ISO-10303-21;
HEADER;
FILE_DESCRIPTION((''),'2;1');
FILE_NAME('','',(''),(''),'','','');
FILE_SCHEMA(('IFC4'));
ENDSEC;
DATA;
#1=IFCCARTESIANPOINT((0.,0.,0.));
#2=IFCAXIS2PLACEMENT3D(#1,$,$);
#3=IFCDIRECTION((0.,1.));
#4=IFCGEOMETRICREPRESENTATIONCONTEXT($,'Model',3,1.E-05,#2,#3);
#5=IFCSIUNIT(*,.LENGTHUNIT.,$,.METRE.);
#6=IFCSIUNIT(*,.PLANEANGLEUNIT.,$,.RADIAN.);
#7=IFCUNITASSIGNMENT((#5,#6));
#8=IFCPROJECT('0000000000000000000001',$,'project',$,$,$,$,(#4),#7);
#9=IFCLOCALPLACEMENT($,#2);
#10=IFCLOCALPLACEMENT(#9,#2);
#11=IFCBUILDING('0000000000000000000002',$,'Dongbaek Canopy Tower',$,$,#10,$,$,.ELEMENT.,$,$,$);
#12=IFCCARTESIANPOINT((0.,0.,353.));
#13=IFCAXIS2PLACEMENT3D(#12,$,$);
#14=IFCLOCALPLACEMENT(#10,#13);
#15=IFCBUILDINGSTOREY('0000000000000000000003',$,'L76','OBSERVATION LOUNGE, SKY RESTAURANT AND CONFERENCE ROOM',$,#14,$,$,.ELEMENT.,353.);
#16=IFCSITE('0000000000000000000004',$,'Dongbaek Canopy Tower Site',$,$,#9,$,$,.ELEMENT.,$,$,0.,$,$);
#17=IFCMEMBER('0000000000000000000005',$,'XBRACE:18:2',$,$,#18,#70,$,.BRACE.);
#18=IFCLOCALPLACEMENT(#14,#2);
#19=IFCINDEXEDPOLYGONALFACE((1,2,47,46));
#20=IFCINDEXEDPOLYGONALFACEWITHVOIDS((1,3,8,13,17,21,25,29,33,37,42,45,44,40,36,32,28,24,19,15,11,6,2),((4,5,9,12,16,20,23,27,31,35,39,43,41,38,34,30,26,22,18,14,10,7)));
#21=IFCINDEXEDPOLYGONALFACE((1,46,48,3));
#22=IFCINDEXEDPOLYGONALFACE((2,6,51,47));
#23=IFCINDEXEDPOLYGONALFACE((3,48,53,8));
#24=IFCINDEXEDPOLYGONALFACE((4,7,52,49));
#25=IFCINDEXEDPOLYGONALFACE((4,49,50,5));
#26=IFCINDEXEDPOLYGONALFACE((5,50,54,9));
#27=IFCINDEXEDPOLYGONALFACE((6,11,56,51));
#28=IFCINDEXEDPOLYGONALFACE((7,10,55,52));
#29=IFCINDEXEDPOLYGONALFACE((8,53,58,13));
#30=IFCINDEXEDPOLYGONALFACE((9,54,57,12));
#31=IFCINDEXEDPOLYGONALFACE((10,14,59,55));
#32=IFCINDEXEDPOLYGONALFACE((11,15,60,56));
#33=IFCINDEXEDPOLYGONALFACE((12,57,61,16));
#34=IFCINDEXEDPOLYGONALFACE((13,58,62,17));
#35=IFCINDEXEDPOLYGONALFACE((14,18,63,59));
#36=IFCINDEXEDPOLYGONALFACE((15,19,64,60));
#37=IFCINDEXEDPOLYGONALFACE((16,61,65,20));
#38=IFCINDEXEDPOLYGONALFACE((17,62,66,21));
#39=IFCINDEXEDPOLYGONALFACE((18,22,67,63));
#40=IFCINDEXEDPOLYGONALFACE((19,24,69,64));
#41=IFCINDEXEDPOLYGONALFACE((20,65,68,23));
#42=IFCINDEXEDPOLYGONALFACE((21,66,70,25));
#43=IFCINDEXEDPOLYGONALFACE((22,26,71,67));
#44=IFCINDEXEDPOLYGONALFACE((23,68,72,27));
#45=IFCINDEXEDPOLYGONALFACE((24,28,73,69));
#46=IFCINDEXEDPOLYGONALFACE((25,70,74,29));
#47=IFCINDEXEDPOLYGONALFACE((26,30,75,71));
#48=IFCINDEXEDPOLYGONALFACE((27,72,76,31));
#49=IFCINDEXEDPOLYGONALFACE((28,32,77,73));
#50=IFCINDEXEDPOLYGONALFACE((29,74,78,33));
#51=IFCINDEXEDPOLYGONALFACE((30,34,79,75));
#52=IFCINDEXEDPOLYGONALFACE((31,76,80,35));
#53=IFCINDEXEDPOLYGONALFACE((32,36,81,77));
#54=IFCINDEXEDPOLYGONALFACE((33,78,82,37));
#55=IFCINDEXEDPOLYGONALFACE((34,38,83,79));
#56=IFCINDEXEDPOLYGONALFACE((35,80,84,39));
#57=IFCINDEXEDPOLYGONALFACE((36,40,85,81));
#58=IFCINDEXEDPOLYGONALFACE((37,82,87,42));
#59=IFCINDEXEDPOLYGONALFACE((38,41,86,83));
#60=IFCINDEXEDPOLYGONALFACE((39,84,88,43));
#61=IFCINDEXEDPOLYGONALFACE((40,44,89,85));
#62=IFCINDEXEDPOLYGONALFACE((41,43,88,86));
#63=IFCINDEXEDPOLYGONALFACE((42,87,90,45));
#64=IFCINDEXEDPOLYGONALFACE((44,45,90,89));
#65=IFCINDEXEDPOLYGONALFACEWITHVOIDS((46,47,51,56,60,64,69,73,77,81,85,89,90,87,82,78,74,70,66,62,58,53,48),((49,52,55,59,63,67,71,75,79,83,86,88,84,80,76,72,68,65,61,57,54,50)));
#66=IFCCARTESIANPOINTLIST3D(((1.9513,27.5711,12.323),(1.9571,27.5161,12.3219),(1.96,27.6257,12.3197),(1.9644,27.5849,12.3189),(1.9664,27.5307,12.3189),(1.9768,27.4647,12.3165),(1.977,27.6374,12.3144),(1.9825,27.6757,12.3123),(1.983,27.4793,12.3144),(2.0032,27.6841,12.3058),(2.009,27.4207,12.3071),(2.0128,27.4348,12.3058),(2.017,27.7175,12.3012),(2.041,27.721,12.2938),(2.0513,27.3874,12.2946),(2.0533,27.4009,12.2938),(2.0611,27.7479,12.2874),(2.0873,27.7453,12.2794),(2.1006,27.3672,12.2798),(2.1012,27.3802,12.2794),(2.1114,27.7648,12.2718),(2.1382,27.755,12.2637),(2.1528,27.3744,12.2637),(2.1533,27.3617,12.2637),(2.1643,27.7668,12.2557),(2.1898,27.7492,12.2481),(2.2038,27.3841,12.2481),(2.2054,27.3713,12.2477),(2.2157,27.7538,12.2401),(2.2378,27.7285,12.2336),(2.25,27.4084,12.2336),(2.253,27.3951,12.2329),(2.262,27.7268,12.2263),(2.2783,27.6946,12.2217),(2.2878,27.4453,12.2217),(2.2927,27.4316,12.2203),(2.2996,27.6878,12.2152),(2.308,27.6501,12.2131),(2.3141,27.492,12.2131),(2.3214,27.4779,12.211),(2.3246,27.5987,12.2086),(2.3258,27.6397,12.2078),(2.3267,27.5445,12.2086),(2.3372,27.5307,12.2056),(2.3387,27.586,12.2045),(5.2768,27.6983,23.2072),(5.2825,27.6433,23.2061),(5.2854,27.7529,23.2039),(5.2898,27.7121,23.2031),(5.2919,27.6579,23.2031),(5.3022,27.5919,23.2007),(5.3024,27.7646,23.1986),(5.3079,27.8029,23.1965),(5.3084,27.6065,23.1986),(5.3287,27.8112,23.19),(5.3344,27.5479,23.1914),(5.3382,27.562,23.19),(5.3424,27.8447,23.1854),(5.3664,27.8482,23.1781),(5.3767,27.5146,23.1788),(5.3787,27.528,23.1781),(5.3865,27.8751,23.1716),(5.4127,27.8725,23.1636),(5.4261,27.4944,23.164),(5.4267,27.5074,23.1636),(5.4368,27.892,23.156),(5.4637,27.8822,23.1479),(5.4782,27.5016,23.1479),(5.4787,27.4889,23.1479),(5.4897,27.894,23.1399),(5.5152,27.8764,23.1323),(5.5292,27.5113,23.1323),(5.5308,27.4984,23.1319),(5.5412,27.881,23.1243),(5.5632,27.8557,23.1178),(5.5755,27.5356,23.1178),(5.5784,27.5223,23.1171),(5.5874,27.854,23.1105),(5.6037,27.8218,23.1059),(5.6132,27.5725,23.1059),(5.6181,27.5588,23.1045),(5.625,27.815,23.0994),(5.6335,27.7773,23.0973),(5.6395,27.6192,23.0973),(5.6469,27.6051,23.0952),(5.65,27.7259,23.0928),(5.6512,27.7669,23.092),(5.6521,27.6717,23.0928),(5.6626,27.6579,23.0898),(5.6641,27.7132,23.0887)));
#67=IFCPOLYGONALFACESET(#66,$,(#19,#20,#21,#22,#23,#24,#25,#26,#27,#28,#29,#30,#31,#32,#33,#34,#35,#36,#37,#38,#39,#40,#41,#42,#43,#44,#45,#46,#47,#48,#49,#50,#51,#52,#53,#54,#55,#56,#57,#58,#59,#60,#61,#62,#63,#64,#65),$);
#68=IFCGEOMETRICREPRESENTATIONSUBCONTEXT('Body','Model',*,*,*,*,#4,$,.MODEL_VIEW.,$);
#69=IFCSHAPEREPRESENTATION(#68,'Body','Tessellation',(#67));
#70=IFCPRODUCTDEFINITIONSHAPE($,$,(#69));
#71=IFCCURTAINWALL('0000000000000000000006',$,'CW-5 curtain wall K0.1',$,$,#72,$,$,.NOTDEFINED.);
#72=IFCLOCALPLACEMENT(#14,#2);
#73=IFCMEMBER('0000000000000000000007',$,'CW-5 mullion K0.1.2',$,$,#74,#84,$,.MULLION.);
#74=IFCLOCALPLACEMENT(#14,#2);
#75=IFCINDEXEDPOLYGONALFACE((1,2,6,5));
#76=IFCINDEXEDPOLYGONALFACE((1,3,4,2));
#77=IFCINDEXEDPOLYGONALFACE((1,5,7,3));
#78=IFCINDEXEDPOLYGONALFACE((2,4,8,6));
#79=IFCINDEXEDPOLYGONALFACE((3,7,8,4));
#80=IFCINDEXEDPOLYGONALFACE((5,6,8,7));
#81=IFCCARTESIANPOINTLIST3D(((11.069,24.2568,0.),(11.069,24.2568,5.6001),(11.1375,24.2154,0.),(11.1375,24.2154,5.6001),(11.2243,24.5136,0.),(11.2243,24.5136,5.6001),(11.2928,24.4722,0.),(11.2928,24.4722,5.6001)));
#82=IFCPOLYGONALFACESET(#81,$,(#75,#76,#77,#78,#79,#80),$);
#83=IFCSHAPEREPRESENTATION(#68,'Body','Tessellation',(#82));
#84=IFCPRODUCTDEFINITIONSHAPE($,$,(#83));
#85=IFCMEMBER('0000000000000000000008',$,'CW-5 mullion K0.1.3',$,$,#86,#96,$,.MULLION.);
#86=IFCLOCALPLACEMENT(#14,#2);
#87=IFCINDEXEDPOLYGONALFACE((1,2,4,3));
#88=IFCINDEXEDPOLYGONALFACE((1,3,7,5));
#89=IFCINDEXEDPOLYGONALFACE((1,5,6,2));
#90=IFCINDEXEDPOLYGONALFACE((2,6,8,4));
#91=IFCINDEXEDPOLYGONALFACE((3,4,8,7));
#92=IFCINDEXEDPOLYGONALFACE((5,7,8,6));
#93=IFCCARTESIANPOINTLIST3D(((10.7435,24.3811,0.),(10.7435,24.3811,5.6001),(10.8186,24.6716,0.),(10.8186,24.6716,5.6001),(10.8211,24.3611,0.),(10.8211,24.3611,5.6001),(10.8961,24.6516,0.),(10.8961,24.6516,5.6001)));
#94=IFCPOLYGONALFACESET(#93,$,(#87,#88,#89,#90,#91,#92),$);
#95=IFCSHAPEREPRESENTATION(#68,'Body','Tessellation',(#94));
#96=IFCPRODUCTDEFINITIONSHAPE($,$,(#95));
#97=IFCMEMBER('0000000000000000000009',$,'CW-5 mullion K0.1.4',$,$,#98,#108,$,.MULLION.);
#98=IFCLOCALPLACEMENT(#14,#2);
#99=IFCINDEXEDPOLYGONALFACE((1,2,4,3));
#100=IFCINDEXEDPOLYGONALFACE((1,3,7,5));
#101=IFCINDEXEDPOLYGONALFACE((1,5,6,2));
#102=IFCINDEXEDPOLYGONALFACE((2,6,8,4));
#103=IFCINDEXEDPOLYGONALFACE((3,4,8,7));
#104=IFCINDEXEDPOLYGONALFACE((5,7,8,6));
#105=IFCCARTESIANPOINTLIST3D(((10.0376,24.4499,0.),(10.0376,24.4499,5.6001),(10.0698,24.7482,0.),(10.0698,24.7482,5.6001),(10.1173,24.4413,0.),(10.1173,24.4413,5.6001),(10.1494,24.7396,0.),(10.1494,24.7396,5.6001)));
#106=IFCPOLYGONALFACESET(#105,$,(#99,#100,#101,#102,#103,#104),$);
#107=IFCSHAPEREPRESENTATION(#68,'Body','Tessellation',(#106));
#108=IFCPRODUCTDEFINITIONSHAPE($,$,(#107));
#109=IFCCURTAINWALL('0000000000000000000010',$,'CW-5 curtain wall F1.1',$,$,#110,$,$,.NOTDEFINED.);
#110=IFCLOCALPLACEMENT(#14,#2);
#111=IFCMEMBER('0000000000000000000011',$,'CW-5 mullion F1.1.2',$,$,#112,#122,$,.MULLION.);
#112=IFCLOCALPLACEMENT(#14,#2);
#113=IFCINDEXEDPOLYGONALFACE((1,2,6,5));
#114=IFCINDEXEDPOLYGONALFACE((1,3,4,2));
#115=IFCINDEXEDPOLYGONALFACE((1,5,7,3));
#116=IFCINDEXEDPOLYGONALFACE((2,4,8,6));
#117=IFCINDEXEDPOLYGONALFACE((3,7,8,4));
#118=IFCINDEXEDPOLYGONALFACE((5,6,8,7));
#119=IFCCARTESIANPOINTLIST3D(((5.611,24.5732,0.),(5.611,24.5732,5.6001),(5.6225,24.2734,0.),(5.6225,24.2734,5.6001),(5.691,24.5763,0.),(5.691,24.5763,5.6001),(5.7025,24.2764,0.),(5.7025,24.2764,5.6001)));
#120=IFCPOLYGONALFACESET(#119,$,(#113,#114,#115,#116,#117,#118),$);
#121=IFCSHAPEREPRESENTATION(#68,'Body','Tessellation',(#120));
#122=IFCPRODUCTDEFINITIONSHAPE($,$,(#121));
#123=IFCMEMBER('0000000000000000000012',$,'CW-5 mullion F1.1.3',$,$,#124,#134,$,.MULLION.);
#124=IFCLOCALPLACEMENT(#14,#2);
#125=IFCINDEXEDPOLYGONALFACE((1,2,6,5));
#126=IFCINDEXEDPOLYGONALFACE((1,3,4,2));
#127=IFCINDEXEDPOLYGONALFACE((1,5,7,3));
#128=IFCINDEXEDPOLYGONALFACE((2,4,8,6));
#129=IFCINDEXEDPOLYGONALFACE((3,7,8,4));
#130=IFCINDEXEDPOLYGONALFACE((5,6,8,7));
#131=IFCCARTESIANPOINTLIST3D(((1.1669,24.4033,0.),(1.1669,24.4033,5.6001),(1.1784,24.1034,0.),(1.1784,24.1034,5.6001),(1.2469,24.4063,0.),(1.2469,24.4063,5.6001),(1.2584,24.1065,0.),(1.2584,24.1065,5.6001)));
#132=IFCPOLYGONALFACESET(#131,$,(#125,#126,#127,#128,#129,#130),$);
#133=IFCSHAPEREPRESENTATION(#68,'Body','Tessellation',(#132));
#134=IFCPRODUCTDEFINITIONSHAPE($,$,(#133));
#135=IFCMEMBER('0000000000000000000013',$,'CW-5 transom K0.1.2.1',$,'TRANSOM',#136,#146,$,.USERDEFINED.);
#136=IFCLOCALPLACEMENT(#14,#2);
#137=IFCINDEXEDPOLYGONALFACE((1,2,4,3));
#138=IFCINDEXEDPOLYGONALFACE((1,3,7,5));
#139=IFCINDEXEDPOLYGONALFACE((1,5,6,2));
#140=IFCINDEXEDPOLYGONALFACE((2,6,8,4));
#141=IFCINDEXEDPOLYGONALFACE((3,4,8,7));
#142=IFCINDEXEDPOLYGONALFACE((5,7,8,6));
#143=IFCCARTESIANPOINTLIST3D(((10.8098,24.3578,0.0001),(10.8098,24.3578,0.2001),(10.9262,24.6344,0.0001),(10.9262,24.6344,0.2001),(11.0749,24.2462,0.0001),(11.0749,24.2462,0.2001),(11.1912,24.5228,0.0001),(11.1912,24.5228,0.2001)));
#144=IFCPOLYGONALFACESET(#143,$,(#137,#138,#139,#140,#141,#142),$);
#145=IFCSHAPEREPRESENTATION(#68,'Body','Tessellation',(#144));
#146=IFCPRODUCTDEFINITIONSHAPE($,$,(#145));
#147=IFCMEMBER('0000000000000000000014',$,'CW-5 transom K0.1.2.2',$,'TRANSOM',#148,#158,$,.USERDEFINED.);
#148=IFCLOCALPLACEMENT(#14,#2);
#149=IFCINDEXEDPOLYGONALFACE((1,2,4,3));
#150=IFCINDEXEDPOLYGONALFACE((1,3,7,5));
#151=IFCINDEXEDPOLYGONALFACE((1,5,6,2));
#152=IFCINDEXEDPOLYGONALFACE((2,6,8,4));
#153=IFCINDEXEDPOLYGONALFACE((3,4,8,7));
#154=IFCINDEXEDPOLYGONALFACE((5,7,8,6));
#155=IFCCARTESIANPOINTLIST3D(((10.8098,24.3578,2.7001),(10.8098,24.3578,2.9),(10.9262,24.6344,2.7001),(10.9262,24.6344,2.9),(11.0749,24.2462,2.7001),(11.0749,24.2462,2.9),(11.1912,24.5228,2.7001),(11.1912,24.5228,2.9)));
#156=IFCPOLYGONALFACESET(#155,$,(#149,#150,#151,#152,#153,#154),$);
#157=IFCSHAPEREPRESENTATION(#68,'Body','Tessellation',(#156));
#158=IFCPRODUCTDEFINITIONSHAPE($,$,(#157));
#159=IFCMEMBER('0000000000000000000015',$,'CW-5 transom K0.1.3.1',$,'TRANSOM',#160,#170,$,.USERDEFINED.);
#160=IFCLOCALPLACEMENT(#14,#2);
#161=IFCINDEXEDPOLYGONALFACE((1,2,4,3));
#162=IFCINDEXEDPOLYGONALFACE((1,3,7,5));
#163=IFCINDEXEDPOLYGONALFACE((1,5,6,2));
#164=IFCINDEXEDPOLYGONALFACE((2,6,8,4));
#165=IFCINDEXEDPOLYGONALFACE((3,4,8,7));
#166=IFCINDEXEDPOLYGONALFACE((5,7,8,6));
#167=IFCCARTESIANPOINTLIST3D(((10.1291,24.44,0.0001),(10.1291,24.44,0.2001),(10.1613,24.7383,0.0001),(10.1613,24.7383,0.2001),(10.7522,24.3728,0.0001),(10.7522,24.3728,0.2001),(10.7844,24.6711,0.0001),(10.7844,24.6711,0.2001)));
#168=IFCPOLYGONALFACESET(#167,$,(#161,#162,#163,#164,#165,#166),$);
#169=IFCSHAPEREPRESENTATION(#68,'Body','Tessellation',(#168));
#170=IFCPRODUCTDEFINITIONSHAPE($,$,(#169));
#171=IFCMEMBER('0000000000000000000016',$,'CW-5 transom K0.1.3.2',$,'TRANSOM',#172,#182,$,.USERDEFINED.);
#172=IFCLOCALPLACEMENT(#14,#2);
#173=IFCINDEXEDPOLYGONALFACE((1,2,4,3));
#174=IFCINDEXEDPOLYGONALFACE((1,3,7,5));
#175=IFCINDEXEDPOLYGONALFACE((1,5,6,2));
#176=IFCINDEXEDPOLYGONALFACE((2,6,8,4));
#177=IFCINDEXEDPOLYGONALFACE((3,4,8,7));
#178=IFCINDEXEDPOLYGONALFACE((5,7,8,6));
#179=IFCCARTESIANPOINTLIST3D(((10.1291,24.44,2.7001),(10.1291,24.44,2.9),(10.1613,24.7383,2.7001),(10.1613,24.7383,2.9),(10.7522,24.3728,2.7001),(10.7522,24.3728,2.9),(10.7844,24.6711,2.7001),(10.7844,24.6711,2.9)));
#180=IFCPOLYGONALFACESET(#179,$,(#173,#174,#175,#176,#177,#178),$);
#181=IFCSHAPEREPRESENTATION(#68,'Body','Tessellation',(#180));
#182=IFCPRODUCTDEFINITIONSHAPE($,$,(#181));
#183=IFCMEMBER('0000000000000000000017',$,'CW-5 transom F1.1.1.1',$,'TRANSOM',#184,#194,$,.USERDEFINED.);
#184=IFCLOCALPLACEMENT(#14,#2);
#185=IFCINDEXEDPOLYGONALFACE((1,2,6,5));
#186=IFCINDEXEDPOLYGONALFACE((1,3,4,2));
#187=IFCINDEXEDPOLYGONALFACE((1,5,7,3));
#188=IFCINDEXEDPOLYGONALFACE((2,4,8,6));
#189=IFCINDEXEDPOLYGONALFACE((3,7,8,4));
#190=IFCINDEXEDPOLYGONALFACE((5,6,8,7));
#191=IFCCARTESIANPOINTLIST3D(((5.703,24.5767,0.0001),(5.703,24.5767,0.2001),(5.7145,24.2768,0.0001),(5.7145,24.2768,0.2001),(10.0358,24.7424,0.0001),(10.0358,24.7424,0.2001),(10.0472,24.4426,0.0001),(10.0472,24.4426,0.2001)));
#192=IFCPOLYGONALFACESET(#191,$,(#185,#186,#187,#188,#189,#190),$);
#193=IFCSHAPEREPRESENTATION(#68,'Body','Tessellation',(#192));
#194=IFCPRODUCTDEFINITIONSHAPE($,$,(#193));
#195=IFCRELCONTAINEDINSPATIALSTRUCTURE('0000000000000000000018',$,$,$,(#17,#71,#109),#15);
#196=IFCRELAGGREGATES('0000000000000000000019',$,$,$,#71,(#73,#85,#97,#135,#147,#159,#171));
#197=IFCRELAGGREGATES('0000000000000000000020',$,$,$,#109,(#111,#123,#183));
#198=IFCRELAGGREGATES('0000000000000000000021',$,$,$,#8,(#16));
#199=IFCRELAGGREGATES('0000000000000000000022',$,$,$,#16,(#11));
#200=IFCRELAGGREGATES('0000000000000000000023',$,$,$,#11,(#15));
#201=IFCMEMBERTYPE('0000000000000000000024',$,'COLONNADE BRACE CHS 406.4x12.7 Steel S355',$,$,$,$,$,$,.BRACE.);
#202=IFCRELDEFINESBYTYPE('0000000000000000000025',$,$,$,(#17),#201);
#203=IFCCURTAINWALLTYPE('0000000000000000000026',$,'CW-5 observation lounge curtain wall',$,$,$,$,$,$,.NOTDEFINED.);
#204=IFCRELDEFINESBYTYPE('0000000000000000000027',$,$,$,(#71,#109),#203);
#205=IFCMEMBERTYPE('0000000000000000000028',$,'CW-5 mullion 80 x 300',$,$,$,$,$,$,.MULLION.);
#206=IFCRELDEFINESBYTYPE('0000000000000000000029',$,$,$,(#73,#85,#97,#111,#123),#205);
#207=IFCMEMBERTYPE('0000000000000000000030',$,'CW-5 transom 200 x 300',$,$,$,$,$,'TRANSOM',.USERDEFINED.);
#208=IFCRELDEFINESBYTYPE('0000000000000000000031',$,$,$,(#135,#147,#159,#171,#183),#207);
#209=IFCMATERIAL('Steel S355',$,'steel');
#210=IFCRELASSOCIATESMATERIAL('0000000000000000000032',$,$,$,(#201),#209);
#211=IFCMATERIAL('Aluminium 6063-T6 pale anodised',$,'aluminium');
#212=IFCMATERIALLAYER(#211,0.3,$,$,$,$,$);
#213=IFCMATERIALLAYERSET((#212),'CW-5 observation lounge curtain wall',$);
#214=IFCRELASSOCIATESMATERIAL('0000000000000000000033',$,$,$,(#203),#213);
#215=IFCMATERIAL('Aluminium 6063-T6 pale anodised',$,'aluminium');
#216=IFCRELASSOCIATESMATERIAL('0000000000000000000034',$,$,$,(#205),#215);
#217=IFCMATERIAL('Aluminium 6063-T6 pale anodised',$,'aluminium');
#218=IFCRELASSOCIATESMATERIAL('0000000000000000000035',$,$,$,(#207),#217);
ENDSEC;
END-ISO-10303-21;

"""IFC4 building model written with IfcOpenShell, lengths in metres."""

from ifc_helpers import new_model, si_unit, direction, frame, origin, origin_2d, place, context, subcontext, project, spatial, rectangle, hollow_circle, extrude, material, layer, layer_set, material_profile, profile_set, type_object, element, aggregate, save


model = new_model("IFC4")

# Units and contexts
model_context = context("Model", 3, precision=1e-05, world=origin(), true_north=direction((0.0, 1.0)))
body_context = subcontext(model_context, "Body", "Model", "MODEL_VIEW")
ifc_project = project(units=[si_unit("LENGTHUNIT", "METRE"), si_unit("PLANEANGLEUNIT", "RADIAN")], contexts=[model_context])

# Site, building, storey
site_placement = place(None, origin())
site = spatial("IfcSite", under=ifc_project, at=site_placement, Name="Dongbaek Canopy Tower Site", CompositionType="ELEMENT", RefElevation=0.0)
building_placement = place(site_placement, origin())
building = spatial("IfcBuilding", under=site, at=building_placement, Name="Dongbaek Canopy Tower", CompositionType="ELEMENT")
storey_placement = place(building_placement, frame((0.0, 0.0, 353.0)))
storey = spatial("IfcBuildingStorey", under=building, at=storey_placement, Name="L76", Description="OBSERVATION LOUNGE, SKY RESTAURANT AND CONFERENCE ROOM", CompositionType="ELEMENT", Elevation=353.0)

# Member
ifc_material_1 = material(Name="Steel S355", Category="steel")
ifc_material_profile_1 = material_profile(ifc_material_1, hollow_circle(Radius=0.2031, WallThickness=0.0127, at=origin_2d()), Name="COLONNADE BRACE CHS 406.4x12.7 Steel S355")
ifc_profile_set_1 = profile_set([ifc_material_profile_1], Name="Steel S355")
member_type_1 = type_object("IfcMemberType", Name="COLONNADE BRACE CHS 406.4x12.7 Steel S355", PredefinedType="BRACE", material=ifc_profile_set_1)
member_1_placement = place(storey_placement, frame((5.4709, 27.6919, 23.1479), z_axis=(-0.292175, -0.011176, -0.9563), x_axis=(0.038222, -0.999269, 0.0)))
element("IfcMember", 1, at=member_1_placement, inside=storey, type_object=member_type_1, Name="XBRACE:18:2", PredefinedType="BRACE", context=body_context, shape_type="SweptSolid", body=[
    extrude(hollow_circle(Radius=0.2031, WallThickness=0.0127, at=origin_2d()), origin(), (0.0, 0.0, 1.0), 11.3816),
])

# Curtain walls, members
ifc_material_2 = material(Name="Aluminium 6063-T6 pale anodised", Category="aluminium")
ifc_layer_1 = layer(ifc_material_2, 0.3)
ifc_layer_set_1 = layer_set([ifc_layer_1], Name="CW-5 observation lounge curtain wall")
curtain_wall_type = type_object("IfcCurtainWallType", Name="CW-5 observation lounge curtain wall", PredefinedType="NOTDEFINED", material=ifc_layer_set_1)
curtain_wall_1_placement = place(storey_placement, origin())
curtain_wall_1 = element("IfcCurtainWall", 2, at=curtain_wall_1_placement, inside=storey, type_object=curtain_wall_type, Name="CW-5 curtain wall K0.1", PredefinedType="NOTDEFINED")
ifc_material_3 = material(Name="Aluminium 6063-T6 pale anodised", Category="aluminium")
ifc_material_profile_2 = material_profile(ifc_material_3, rectangle(XDim=0.3, YDim=0.0801, at=origin_2d()), Name="CW-5 mullion 80 x 300")
ifc_profile_set_2 = profile_set([ifc_material_profile_2], Name="Aluminium 6063-T6 pale anodised")
member_type_2 = type_object("IfcMemberType", Name="CW-5 mullion 80 x 300", PredefinedType="MULLION", material=ifc_profile_set_2)
member_2_placement = place(storey_placement, frame((11.1809, 24.3645, 0.0), z_axis=(0.0, 0.0, 1.0), x_axis=(0.517431, 0.855725, 0.0)))
member_2 = element("IfcMember", 3, at=member_2_placement, type_object=member_type_2, Name="CW-5 mullion K0.1.2", PredefinedType="MULLION", context=body_context, shape_type="SweptSolid", body=[
    extrude(rectangle(XDim=0.3, YDim=0.0801, at=origin_2d()), origin(), (0.0, 0.0, 1.0), 5.6001),
])
member_3_placement = place(storey_placement, frame((10.8198, 24.5164, 0.0), z_axis=(0.0, 0.0, 1.0), x_axis=(0.250118, 0.968215, 0.0)))
member_3 = element("IfcMember", 4, at=member_3_placement, type_object=member_type_2, Name="CW-5 mullion K0.1.3", PredefinedType="MULLION", context=body_context, shape_type="SweptSolid", body=[
    extrude(rectangle(XDim=0.3, YDim=0.0801, at=origin_2d()), origin(), (0.0, 0.0, 1.0), 5.6001),
])
member_4_placement = place(storey_placement, frame((10.0935, 24.5947, 0.0), z_axis=(0.0, 0.0, 1.0), x_axis=(0.107074, 0.994251, 0.0)))
member_4 = element("IfcMember", 5, at=member_4_placement, type_object=member_type_2, Name="CW-5 mullion K0.1.4", PredefinedType="MULLION", context=body_context, shape_type="SweptSolid", body=[
    extrude(rectangle(XDim=0.3, YDim=0.0801, at=origin_2d()), origin(), (0.0, 0.0, 1.0), 5.6001),
])
curtain_wall_2_placement = place(storey_placement, origin())
curtain_wall_2 = element("IfcCurtainWall", 6, at=curtain_wall_2_placement, inside=storey, type_object=curtain_wall_type, Name="CW-5 curtain wall F1.1", PredefinedType="NOTDEFINED")
member_5_placement = place(storey_placement, frame((5.6567, 24.4248, 0.0), z_axis=(0.0, 0.0, 1.0), x_axis=(-0.038232, 0.999269, 0.0)))
member_5 = element("IfcMember", 7, at=member_5_placement, type_object=member_type_2, Name="CW-5 mullion F1.1.2", PredefinedType="MULLION", context=body_context, shape_type="SweptSolid", body=[
    extrude(rectangle(XDim=0.3, YDim=0.0801, at=origin_2d()), origin(), (0.0, 0.0, 1.0), 5.6001),
])
member_6_placement = place(storey_placement, frame((1.2126, 24.2549, 0.0), z_axis=(0.0, 0.0, 1.0), x_axis=(-0.038232, 0.999269, 0.0)))
member_6 = element("IfcMember", 8, at=member_6_placement, type_object=member_type_2, Name="CW-5 mullion F1.1.3", PredefinedType="MULLION", context=body_context, shape_type="SweptSolid", body=[
    extrude(rectangle(XDim=0.3, YDim=0.0801, at=origin_2d()), origin(), (0.0, 0.0, 1.0), 5.6001),
])

# Members
ifc_material_4 = material(Name="Aluminium 6063-T6 pale anodised", Category="aluminium")
ifc_material_profile_3 = material_profile(ifc_material_4, rectangle(XDim=0.3, YDim=0.2, at=origin_2d()), Name="CW-5 transom 200 x 300")
ifc_profile_set_3 = profile_set([ifc_material_profile_3], Name="Aluminium 6063-T6 pale anodised")
member_type_3 = type_object("IfcMemberType", Name="CW-5 transom 200 x 300", ElementType="TRANSOM", PredefinedType="USERDEFINED", material=ifc_profile_set_3)
member_7_placement = place(storey_placement, frame((11.1331, 24.3845, 0.1001), z_axis=(-0.921715, 0.387867, 0.0), x_axis=(-0.387867, -0.921715, 0.0)))
member_7 = element("IfcMember", 9, at=member_7_placement, type_object=member_type_3, Name="CW-5 transom K0.1.2.1", ObjectType="TRANSOM", PredefinedType="USERDEFINED", context=body_context, shape_type="SweptSolid", body=[
    extrude(rectangle(XDim=0.3, YDim=0.2, at=origin_2d()), origin(), (0.0, 0.0, 1.0), 0.2876),
])
member_8_placement = place(storey_placement, frame((11.1331, 24.3845, 2.8), z_axis=(-0.921715, 0.387867, 0.0), x_axis=(-0.387867, -0.921715, 0.0)))
member_8 = element("IfcMember", 10, at=member_8_placement, type_object=member_type_3, Name="CW-5 transom K0.1.2.2", ObjectType="TRANSOM", PredefinedType="USERDEFINED", context=body_context, shape_type="SweptSolid", body=[
    extrude(rectangle(XDim=0.3, YDim=0.2, at=origin_2d()), origin(), (0.0, 0.0, 1.0), 0.2876),
])
member_9_placement = place(storey_placement, frame((10.7683, 24.522, 0.1001), z_axis=(-0.994244, 0.107138, 0.0), x_axis=(-0.107138, -0.994244, 0.0)))
member_9 = element("IfcMember", 11, at=member_9_placement, type_object=member_type_3, Name="CW-5 transom K0.1.3.1", ObjectType="TRANSOM", PredefinedType="USERDEFINED", context=body_context, shape_type="SweptSolid", body=[
    extrude(rectangle(XDim=0.3, YDim=0.2, at=origin_2d()), origin(), (0.0, 0.0, 1.0), 0.6267),
])
member_10_placement = place(storey_placement, frame((10.7683, 24.522, 2.8), z_axis=(-0.994244, 0.107138, 0.0), x_axis=(-0.107138, -0.994244, 0.0)))
member_10 = element("IfcMember", 12, at=member_10_placement, type_object=member_type_3, Name="CW-5 transom K0.1.3.2", ObjectType="TRANSOM", PredefinedType="USERDEFINED", context=body_context, shape_type="SweptSolid", body=[
    extrude(rectangle(XDim=0.3, YDim=0.2, at=origin_2d()), origin(), (0.0, 0.0, 1.0), 0.6267),
])
member_11_placement = place(storey_placement, frame((10.0415, 24.5925, 0.1001), z_axis=(-0.999269, -0.038232, 0.0), x_axis=(0.038232, -0.999269, 0.0)))
member_11 = element("IfcMember", 13, at=member_11_placement, type_object=member_type_3, Name="CW-5 transom F1.1.1.1", ObjectType="TRANSOM", PredefinedType="USERDEFINED", context=body_context, shape_type="SweptSolid", body=[
    extrude(rectangle(XDim=0.3, YDim=0.2, at=origin_2d()), origin(), (0.0, 0.0, 1.0), 4.3359),
])

aggregate(curtain_wall_1, [member_2, member_3, member_4, member_7, member_8, member_9, member_10])
aggregate(curtain_wall_2, [member_5, member_6, member_11])

save(model, "model.ifc")
